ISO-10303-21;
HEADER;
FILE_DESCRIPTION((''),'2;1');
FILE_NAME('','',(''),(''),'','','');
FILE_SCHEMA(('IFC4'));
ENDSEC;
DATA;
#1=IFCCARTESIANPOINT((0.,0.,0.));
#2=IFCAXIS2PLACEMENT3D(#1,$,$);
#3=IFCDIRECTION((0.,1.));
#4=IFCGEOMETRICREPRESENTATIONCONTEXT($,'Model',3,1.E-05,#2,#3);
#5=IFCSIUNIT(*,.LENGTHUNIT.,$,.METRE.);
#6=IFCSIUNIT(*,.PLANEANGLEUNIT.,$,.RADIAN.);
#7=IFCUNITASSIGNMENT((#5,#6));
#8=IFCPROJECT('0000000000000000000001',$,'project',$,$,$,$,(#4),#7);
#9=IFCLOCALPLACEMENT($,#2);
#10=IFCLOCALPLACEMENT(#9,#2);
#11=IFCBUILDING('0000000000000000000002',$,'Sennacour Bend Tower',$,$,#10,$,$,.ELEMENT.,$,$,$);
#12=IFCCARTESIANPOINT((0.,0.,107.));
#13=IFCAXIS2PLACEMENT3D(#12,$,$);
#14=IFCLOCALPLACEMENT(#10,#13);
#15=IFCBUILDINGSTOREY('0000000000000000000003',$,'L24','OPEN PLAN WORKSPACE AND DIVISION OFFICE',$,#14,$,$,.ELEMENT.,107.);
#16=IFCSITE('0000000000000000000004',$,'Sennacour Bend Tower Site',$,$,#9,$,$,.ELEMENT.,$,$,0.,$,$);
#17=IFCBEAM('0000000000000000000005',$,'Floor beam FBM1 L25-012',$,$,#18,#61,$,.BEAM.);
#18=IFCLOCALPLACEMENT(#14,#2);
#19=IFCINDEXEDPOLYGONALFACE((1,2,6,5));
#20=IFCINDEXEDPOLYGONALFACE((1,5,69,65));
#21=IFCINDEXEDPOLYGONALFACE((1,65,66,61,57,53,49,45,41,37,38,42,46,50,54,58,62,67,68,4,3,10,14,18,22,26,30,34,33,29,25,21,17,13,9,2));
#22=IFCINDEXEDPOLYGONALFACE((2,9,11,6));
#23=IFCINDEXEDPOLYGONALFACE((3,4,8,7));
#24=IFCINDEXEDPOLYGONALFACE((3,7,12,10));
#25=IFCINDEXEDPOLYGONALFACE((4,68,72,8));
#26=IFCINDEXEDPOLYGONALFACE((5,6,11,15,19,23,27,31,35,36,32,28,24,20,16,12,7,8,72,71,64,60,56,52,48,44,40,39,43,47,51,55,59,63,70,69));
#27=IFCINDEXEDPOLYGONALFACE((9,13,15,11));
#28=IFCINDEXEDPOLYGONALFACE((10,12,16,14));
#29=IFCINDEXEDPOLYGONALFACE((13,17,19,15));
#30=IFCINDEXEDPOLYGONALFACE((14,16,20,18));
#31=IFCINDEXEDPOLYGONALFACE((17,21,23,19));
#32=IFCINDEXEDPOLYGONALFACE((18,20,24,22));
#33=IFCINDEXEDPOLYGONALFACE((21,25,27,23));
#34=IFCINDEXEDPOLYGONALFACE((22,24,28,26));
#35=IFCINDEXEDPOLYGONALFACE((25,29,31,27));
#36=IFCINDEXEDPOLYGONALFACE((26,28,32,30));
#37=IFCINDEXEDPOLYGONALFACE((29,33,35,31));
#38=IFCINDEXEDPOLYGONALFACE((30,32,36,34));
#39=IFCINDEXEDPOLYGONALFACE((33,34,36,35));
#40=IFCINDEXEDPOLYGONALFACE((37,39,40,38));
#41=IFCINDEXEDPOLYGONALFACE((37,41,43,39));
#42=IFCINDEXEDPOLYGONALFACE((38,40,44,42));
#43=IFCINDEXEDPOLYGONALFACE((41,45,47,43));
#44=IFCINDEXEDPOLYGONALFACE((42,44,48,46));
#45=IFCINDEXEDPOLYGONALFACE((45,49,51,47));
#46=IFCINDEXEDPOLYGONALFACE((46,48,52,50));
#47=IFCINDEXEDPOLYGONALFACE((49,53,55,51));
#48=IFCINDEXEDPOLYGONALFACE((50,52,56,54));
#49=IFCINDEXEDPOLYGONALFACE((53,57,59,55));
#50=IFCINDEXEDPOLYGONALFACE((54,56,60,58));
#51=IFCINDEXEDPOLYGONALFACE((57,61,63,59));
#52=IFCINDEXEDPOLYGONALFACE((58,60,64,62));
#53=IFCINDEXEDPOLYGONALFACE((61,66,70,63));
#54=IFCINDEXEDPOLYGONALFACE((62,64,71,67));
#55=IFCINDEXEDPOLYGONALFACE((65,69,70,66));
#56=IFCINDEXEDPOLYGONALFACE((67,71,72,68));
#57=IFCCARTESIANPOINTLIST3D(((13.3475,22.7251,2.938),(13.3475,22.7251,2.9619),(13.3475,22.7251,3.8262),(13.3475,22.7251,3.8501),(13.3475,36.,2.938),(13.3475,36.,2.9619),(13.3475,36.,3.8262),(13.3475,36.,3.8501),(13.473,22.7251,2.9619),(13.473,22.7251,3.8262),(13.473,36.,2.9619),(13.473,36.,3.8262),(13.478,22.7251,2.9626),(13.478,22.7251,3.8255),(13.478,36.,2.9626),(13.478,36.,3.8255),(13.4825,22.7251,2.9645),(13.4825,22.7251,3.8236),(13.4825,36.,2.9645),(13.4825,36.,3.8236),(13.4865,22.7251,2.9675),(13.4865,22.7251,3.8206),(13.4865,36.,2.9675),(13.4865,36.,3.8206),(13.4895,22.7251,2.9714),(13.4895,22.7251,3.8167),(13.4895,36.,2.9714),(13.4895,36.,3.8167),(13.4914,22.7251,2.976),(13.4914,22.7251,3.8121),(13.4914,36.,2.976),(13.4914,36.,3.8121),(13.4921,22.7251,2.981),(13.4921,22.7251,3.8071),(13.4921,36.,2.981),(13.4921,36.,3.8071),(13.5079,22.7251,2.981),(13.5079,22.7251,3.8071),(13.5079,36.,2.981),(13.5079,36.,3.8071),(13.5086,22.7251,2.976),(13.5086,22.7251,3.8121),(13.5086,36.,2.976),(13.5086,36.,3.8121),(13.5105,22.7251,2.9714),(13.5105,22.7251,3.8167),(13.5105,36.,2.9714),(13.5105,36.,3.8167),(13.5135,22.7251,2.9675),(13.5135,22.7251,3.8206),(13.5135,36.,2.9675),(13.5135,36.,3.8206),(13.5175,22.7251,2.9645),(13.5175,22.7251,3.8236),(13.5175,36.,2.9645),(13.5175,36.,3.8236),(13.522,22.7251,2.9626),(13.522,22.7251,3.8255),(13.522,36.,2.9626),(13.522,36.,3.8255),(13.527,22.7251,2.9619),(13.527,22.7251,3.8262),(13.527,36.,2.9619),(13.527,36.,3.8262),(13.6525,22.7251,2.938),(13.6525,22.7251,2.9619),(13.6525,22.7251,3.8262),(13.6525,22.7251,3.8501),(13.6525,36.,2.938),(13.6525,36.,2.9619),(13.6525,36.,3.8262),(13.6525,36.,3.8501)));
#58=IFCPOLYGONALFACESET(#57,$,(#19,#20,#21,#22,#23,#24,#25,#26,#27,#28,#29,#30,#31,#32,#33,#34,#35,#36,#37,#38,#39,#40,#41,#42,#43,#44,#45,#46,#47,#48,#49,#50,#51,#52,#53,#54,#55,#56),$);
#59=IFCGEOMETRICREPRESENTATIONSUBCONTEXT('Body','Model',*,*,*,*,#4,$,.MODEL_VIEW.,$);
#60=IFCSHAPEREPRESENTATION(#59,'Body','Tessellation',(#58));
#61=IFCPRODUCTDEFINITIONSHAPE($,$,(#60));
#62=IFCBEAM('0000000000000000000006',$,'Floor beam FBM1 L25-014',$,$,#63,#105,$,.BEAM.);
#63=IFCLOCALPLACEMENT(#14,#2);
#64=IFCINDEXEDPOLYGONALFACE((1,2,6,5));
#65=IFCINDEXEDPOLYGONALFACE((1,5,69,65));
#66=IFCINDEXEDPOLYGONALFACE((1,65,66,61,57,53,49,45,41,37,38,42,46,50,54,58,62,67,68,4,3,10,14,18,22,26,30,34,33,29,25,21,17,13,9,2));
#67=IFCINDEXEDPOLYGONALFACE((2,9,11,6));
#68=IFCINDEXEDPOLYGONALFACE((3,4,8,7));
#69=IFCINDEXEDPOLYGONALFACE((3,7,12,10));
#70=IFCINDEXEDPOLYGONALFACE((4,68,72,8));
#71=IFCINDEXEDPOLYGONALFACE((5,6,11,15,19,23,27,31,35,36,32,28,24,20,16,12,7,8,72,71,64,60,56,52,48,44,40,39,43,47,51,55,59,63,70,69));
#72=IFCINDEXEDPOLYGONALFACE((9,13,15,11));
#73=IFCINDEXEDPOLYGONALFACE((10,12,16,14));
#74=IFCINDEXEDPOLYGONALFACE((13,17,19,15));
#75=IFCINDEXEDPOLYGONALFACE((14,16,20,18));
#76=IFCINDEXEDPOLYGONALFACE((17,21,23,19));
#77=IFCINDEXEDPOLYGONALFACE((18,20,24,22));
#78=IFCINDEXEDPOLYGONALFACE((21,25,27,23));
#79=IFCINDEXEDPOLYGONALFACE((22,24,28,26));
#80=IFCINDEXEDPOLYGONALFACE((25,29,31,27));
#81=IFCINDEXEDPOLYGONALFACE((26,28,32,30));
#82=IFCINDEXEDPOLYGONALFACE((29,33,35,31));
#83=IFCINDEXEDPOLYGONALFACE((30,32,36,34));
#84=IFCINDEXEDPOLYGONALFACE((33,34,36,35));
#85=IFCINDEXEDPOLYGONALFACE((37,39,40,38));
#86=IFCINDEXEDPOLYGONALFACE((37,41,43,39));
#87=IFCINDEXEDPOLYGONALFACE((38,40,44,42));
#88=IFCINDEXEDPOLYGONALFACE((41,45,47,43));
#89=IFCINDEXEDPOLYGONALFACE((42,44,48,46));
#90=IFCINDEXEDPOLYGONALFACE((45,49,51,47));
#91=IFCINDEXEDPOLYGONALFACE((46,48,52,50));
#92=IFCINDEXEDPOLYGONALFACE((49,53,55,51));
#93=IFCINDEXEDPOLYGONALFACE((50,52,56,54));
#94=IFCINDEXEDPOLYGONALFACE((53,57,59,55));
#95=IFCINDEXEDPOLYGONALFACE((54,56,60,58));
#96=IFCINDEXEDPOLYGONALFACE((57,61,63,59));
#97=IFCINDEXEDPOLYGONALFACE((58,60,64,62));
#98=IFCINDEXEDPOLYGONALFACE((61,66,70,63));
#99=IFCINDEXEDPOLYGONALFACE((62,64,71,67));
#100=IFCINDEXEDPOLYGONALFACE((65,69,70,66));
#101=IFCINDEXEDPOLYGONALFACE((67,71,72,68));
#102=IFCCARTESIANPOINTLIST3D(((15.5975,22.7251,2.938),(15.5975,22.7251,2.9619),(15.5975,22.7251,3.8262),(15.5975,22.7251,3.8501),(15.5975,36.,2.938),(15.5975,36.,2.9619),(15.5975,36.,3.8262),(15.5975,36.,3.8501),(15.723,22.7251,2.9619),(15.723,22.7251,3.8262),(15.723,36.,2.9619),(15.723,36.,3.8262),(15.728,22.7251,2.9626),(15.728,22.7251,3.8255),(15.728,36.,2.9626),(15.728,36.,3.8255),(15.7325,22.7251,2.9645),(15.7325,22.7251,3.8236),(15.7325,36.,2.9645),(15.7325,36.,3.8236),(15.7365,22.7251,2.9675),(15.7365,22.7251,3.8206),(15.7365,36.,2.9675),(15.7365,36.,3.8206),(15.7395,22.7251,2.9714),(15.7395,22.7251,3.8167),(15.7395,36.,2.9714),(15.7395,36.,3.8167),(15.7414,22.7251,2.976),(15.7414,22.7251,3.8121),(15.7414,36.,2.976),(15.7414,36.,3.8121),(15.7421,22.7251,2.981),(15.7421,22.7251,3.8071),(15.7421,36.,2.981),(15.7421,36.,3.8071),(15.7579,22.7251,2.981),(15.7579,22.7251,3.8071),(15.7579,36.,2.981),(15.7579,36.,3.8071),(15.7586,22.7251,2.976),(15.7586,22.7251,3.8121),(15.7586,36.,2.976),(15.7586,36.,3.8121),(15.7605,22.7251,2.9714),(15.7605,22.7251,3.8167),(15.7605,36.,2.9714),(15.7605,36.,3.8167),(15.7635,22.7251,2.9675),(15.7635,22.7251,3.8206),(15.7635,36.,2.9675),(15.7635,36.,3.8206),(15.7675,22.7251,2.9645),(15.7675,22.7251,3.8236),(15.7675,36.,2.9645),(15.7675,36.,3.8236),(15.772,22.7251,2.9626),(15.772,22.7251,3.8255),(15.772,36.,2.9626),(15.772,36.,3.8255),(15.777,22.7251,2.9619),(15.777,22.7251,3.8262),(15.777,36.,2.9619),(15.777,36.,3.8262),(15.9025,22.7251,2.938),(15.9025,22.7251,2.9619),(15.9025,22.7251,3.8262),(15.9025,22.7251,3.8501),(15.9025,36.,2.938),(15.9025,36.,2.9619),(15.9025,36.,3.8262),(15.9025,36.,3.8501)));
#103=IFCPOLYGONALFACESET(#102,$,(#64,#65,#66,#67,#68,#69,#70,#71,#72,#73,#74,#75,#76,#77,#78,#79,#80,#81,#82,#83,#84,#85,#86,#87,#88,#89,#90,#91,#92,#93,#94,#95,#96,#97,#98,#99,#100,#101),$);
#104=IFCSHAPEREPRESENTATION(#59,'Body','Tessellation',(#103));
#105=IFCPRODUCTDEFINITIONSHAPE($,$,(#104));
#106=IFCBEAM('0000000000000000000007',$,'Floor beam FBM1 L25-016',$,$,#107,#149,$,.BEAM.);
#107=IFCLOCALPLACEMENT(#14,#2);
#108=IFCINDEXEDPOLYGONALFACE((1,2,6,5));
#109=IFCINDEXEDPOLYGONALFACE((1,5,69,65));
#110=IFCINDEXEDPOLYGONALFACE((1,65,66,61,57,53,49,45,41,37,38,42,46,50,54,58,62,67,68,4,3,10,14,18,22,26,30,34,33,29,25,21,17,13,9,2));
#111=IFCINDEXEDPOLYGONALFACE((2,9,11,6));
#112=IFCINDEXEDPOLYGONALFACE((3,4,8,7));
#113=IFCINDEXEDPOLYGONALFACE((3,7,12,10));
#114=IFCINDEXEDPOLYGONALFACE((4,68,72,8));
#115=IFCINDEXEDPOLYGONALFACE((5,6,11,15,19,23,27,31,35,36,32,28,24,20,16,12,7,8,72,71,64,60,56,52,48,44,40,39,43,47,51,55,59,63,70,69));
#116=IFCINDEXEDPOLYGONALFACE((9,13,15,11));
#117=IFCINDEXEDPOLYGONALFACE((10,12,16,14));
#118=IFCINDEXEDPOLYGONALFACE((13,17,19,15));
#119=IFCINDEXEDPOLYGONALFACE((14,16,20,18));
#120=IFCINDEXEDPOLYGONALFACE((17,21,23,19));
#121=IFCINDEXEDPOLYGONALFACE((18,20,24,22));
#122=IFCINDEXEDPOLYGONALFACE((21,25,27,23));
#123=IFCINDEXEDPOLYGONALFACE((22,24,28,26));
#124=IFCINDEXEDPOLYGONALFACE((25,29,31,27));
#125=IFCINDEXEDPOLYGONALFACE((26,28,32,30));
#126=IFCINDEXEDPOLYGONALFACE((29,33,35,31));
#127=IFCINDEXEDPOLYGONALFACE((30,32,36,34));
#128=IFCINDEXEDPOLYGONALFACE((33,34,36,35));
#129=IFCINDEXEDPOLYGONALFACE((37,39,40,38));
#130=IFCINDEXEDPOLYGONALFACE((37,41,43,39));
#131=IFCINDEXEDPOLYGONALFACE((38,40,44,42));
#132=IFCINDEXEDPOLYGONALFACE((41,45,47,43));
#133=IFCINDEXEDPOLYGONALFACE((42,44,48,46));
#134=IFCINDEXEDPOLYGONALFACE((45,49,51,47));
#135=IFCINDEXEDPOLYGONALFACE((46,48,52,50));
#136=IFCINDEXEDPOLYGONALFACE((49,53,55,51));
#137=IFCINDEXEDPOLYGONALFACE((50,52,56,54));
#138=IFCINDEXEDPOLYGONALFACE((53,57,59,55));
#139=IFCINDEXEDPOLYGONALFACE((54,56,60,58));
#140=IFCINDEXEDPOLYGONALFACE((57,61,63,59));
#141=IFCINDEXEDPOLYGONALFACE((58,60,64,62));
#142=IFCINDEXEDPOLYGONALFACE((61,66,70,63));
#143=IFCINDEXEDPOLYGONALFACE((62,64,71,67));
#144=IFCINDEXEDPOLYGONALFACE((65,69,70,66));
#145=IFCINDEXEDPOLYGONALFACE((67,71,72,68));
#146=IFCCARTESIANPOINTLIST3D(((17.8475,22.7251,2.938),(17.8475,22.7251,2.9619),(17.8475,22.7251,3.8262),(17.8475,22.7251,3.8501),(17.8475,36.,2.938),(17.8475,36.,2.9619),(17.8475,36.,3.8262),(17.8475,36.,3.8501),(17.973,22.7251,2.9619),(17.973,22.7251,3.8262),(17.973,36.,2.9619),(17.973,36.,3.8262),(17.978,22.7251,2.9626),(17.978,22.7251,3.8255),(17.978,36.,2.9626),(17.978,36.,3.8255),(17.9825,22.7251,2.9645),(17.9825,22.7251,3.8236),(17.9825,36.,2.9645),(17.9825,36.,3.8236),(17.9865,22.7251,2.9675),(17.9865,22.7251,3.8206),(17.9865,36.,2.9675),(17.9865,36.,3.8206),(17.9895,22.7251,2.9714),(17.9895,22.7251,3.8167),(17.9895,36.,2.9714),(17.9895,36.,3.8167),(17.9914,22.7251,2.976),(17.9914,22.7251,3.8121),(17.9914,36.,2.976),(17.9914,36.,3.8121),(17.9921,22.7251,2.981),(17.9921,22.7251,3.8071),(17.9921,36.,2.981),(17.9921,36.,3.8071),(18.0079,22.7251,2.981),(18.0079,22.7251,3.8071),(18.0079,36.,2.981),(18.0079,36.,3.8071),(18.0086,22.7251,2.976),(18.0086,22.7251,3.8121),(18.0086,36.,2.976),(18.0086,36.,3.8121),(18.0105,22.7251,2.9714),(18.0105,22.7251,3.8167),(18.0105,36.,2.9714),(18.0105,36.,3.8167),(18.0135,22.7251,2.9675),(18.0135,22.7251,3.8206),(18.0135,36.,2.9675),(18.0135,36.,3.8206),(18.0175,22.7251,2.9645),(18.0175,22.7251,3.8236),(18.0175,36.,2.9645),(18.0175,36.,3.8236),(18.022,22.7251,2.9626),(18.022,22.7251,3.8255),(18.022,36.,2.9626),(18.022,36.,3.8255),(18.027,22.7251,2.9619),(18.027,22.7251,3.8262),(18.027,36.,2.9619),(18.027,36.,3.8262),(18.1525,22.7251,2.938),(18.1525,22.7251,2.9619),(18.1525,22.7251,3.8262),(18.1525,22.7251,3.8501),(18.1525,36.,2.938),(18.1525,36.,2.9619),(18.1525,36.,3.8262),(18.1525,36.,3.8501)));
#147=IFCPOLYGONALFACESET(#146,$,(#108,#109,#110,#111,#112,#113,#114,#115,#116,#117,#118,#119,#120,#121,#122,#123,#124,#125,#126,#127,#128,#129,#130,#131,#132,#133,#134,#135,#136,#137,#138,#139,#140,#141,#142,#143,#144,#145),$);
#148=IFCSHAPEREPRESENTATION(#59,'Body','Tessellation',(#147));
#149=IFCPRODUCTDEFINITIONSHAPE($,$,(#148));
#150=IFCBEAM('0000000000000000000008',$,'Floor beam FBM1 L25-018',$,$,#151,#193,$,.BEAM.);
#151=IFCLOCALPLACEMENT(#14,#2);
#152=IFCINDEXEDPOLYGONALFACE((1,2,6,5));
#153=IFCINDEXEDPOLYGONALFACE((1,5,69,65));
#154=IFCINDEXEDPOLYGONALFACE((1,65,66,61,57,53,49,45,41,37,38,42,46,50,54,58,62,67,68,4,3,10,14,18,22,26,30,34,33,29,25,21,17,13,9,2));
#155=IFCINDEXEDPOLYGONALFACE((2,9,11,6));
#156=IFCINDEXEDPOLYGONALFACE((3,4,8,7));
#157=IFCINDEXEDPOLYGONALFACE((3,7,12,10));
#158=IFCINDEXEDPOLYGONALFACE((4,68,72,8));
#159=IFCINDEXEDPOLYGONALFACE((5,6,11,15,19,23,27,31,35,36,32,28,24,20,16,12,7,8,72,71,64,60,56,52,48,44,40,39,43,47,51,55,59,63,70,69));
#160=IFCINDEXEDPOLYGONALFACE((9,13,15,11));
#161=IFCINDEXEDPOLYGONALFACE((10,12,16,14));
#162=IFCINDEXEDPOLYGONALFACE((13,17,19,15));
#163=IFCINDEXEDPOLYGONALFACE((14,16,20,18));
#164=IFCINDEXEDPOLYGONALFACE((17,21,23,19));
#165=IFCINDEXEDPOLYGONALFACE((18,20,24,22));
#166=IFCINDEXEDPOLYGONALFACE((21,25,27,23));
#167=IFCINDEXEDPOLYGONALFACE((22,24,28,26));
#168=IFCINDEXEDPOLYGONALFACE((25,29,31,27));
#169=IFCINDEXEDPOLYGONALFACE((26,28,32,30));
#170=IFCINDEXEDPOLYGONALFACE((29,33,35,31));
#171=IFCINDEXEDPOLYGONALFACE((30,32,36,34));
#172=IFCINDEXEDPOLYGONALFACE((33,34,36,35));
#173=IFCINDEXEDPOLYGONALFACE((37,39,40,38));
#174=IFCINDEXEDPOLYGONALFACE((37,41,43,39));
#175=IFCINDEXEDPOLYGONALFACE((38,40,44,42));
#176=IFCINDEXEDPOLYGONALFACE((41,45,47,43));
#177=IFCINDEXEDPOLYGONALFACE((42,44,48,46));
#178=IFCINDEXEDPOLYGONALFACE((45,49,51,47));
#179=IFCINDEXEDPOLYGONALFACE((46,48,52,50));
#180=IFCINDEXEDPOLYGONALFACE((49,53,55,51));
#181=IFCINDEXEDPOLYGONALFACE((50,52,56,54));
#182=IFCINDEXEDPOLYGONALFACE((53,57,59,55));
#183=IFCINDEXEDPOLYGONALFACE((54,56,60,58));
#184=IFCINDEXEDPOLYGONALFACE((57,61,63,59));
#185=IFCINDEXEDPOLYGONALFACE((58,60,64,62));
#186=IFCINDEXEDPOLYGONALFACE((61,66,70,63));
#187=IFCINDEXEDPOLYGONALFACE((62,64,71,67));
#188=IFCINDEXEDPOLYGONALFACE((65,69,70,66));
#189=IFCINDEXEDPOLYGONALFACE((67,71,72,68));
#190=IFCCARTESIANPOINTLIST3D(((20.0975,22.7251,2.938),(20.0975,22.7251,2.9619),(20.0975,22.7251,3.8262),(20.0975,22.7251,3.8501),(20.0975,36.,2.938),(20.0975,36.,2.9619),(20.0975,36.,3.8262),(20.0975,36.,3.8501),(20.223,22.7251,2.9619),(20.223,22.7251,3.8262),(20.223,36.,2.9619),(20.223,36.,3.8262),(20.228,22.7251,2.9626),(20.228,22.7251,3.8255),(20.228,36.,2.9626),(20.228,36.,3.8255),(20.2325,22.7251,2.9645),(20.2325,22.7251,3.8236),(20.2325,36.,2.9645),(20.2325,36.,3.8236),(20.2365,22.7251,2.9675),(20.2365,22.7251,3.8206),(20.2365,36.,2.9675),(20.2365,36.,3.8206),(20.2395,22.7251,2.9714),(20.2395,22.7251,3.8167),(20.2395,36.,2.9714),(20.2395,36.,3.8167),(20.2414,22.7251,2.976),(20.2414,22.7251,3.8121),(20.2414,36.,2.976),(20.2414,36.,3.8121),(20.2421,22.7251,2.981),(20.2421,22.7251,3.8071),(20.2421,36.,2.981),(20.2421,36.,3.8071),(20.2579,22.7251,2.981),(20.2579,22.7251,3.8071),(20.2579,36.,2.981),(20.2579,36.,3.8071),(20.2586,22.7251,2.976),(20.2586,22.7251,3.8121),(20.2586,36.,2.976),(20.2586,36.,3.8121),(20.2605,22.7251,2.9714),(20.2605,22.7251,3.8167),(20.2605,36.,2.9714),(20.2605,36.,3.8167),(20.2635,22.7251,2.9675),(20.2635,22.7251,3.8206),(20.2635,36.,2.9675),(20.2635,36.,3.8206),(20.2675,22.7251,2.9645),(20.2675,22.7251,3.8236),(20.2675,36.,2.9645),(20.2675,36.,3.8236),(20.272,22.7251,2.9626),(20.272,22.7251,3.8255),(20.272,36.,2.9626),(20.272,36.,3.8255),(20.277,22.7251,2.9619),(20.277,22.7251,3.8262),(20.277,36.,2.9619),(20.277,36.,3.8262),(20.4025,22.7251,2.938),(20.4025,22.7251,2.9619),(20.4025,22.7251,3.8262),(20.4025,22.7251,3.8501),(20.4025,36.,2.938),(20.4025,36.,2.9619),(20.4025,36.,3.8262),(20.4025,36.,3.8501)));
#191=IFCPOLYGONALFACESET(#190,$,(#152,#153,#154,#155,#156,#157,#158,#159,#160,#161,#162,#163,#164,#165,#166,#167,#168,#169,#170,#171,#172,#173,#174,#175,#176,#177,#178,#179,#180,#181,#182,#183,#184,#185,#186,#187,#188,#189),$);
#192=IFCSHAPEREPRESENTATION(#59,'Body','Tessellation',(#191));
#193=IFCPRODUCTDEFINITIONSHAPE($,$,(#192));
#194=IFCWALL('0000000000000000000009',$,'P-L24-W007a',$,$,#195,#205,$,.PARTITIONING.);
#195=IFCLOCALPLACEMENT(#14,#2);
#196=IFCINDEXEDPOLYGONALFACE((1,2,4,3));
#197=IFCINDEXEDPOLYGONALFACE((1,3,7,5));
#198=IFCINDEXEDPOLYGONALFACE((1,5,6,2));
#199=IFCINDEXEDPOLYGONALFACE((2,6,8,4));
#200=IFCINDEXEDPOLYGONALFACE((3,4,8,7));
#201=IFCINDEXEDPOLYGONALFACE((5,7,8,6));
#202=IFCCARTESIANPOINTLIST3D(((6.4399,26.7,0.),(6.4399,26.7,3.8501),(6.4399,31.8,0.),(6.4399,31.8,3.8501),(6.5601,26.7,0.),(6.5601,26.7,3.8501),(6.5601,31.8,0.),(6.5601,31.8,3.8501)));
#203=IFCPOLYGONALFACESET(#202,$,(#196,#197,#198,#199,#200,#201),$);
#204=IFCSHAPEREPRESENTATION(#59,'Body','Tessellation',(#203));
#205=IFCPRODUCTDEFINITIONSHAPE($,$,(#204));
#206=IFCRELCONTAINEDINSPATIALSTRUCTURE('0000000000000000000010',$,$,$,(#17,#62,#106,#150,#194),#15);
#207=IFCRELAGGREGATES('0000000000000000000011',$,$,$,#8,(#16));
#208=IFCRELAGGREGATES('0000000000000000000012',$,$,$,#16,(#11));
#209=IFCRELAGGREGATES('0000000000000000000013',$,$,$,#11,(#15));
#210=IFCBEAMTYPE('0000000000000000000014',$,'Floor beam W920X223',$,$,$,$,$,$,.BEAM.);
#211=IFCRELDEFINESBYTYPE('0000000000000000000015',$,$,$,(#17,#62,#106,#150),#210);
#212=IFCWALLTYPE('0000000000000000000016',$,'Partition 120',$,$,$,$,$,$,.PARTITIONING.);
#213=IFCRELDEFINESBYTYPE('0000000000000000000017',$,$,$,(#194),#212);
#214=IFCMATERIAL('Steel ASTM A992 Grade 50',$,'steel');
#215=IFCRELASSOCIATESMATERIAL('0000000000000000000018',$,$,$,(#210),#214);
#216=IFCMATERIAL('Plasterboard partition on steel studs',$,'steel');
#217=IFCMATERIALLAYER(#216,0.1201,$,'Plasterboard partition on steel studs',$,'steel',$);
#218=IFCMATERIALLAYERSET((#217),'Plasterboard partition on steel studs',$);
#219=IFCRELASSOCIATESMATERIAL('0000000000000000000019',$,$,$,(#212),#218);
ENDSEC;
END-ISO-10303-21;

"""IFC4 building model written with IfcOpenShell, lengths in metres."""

from ifc_helpers import new_model, si_unit, direction, frame, frame_2d, origin, origin_2d, place, context, subcontext, project, spatial, rectangle, i_section, extrude, material, layer, layer_set, material_profile, profile_set, type_object, element, save


model = new_model("IFC4")

# Units and contexts
model_context = context("Model", 3, precision=1e-05, world=origin(), true_north=direction((0.0, 1.0)))
body_context = subcontext(model_context, "Body", "Model", "MODEL_VIEW")
ifc_project = project(units=[si_unit("LENGTHUNIT", "METRE"), si_unit("PLANEANGLEUNIT", "RADIAN")], contexts=[model_context])

# Site, building, storey
site_placement = place(None, origin())
site = spatial("IfcSite", under=ifc_project, at=site_placement, Name="Sennacour Bend Tower Site", CompositionType="ELEMENT", RefElevation=0.0)
building_placement = place(site_placement, origin())
building = spatial("IfcBuilding", under=site, at=building_placement, Name="Sennacour Bend Tower", CompositionType="ELEMENT")
storey_placement = place(building_placement, frame((0.0, 0.0, 107.0)))
storey = spatial("IfcBuildingStorey", under=building, at=storey_placement, Name="L24", Description="OPEN PLAN WORKSPACE AND DIVISION OFFICE", CompositionType="ELEMENT", Elevation=107.0)

# Beams
ifc_material_1 = material(Name="Steel ASTM A992 Grade 50", Category="steel")
ifc_material_profile = material_profile(ifc_material_1, i_section(OverallWidth=0.3049, OverallDepth=0.9121, WebThickness=0.0159, FlangeThickness=0.0239, FilletRadius=0.019, at=origin_2d()), Name="Steel ASTM A992 Grade 50", Category="steel")
ifc_profile_set = profile_set([ifc_material_profile], Name="Steel ASTM A992 Grade 50")
beam_type = type_object("IfcBeamType", Name="Floor beam W920X223", PredefinedType="BEAM", material=ifc_profile_set)
for number, where, z_axis, x_axis, name in (
    (1, (13.5, 22.7251, 3.394), (0.0, 1.0, 0.0), (-1.0, 0.0, 0.0), "Floor beam FBM1 L25-012"),
    (2, (15.75, 22.7251, 3.394), (0.0, 1.0, 0.0), (-1.0, 0.0, 0.0), "Floor beam FBM1 L25-014"),
    (3, (18.0, 22.7251, 3.394), (0.0, 1.0, 0.0), (-1.0, 0.0, 0.0), "Floor beam FBM1 L25-016"),
    (4, (20.25, 22.7251, 3.394), (0.0, 1.0, 0.0), (-1.0, 0.0, 0.0), "Floor beam FBM1 L25-018"),
):
    element("IfcBeam", number, at=place(storey_placement, frame(where, z_axis=z_axis, x_axis=x_axis)), inside=storey, type_object=beam_type, Name=name, PredefinedType="BEAM", context=body_context, shape_type="SweptSolid", body=[
        extrude(i_section(OverallWidth=0.3049, OverallDepth=0.9121, WebThickness=0.0159, FlangeThickness=0.0239, FilletRadius=0.019, at=origin_2d()), origin(), (0.0, 0.0, 1.0), 13.2749),
    ])

# Wall
ifc_material_2 = material(Name="Plasterboard partition on steel studs", Category="steel")
ifc_layer_1 = layer(ifc_material_2, 0.1201, Name="Plasterboard partition on steel studs", Category="steel")
ifc_layer_set_1 = layer_set([ifc_layer_1], Name="Plasterboard partition on steel studs")
wall_type_1 = type_object("IfcWallType", Name="Partition 120", PredefinedType="PARTITIONING", material=ifc_layer_set_1)
wall_1_placement = place(storey_placement, frame((6.5, 26.7, 0.0), z_axis=(0.0, 0.0, 1.0), x_axis=(0.0, 1.0, 0.0)))
element("IfcWall", 5, at=wall_1_placement, inside=storey, type_object=wall_type_1, Name="P-L24-W007a", PredefinedType="PARTITIONING", context=body_context, shape_type="SweptSolid", body=[
    extrude(rectangle(XDim=5.1001, YDim=0.1201, at=frame_2d((2.55, 0.0))), origin(), (0.0, 0.0, 1.0), 3.8501),
])

save(model, "model.ifc")
